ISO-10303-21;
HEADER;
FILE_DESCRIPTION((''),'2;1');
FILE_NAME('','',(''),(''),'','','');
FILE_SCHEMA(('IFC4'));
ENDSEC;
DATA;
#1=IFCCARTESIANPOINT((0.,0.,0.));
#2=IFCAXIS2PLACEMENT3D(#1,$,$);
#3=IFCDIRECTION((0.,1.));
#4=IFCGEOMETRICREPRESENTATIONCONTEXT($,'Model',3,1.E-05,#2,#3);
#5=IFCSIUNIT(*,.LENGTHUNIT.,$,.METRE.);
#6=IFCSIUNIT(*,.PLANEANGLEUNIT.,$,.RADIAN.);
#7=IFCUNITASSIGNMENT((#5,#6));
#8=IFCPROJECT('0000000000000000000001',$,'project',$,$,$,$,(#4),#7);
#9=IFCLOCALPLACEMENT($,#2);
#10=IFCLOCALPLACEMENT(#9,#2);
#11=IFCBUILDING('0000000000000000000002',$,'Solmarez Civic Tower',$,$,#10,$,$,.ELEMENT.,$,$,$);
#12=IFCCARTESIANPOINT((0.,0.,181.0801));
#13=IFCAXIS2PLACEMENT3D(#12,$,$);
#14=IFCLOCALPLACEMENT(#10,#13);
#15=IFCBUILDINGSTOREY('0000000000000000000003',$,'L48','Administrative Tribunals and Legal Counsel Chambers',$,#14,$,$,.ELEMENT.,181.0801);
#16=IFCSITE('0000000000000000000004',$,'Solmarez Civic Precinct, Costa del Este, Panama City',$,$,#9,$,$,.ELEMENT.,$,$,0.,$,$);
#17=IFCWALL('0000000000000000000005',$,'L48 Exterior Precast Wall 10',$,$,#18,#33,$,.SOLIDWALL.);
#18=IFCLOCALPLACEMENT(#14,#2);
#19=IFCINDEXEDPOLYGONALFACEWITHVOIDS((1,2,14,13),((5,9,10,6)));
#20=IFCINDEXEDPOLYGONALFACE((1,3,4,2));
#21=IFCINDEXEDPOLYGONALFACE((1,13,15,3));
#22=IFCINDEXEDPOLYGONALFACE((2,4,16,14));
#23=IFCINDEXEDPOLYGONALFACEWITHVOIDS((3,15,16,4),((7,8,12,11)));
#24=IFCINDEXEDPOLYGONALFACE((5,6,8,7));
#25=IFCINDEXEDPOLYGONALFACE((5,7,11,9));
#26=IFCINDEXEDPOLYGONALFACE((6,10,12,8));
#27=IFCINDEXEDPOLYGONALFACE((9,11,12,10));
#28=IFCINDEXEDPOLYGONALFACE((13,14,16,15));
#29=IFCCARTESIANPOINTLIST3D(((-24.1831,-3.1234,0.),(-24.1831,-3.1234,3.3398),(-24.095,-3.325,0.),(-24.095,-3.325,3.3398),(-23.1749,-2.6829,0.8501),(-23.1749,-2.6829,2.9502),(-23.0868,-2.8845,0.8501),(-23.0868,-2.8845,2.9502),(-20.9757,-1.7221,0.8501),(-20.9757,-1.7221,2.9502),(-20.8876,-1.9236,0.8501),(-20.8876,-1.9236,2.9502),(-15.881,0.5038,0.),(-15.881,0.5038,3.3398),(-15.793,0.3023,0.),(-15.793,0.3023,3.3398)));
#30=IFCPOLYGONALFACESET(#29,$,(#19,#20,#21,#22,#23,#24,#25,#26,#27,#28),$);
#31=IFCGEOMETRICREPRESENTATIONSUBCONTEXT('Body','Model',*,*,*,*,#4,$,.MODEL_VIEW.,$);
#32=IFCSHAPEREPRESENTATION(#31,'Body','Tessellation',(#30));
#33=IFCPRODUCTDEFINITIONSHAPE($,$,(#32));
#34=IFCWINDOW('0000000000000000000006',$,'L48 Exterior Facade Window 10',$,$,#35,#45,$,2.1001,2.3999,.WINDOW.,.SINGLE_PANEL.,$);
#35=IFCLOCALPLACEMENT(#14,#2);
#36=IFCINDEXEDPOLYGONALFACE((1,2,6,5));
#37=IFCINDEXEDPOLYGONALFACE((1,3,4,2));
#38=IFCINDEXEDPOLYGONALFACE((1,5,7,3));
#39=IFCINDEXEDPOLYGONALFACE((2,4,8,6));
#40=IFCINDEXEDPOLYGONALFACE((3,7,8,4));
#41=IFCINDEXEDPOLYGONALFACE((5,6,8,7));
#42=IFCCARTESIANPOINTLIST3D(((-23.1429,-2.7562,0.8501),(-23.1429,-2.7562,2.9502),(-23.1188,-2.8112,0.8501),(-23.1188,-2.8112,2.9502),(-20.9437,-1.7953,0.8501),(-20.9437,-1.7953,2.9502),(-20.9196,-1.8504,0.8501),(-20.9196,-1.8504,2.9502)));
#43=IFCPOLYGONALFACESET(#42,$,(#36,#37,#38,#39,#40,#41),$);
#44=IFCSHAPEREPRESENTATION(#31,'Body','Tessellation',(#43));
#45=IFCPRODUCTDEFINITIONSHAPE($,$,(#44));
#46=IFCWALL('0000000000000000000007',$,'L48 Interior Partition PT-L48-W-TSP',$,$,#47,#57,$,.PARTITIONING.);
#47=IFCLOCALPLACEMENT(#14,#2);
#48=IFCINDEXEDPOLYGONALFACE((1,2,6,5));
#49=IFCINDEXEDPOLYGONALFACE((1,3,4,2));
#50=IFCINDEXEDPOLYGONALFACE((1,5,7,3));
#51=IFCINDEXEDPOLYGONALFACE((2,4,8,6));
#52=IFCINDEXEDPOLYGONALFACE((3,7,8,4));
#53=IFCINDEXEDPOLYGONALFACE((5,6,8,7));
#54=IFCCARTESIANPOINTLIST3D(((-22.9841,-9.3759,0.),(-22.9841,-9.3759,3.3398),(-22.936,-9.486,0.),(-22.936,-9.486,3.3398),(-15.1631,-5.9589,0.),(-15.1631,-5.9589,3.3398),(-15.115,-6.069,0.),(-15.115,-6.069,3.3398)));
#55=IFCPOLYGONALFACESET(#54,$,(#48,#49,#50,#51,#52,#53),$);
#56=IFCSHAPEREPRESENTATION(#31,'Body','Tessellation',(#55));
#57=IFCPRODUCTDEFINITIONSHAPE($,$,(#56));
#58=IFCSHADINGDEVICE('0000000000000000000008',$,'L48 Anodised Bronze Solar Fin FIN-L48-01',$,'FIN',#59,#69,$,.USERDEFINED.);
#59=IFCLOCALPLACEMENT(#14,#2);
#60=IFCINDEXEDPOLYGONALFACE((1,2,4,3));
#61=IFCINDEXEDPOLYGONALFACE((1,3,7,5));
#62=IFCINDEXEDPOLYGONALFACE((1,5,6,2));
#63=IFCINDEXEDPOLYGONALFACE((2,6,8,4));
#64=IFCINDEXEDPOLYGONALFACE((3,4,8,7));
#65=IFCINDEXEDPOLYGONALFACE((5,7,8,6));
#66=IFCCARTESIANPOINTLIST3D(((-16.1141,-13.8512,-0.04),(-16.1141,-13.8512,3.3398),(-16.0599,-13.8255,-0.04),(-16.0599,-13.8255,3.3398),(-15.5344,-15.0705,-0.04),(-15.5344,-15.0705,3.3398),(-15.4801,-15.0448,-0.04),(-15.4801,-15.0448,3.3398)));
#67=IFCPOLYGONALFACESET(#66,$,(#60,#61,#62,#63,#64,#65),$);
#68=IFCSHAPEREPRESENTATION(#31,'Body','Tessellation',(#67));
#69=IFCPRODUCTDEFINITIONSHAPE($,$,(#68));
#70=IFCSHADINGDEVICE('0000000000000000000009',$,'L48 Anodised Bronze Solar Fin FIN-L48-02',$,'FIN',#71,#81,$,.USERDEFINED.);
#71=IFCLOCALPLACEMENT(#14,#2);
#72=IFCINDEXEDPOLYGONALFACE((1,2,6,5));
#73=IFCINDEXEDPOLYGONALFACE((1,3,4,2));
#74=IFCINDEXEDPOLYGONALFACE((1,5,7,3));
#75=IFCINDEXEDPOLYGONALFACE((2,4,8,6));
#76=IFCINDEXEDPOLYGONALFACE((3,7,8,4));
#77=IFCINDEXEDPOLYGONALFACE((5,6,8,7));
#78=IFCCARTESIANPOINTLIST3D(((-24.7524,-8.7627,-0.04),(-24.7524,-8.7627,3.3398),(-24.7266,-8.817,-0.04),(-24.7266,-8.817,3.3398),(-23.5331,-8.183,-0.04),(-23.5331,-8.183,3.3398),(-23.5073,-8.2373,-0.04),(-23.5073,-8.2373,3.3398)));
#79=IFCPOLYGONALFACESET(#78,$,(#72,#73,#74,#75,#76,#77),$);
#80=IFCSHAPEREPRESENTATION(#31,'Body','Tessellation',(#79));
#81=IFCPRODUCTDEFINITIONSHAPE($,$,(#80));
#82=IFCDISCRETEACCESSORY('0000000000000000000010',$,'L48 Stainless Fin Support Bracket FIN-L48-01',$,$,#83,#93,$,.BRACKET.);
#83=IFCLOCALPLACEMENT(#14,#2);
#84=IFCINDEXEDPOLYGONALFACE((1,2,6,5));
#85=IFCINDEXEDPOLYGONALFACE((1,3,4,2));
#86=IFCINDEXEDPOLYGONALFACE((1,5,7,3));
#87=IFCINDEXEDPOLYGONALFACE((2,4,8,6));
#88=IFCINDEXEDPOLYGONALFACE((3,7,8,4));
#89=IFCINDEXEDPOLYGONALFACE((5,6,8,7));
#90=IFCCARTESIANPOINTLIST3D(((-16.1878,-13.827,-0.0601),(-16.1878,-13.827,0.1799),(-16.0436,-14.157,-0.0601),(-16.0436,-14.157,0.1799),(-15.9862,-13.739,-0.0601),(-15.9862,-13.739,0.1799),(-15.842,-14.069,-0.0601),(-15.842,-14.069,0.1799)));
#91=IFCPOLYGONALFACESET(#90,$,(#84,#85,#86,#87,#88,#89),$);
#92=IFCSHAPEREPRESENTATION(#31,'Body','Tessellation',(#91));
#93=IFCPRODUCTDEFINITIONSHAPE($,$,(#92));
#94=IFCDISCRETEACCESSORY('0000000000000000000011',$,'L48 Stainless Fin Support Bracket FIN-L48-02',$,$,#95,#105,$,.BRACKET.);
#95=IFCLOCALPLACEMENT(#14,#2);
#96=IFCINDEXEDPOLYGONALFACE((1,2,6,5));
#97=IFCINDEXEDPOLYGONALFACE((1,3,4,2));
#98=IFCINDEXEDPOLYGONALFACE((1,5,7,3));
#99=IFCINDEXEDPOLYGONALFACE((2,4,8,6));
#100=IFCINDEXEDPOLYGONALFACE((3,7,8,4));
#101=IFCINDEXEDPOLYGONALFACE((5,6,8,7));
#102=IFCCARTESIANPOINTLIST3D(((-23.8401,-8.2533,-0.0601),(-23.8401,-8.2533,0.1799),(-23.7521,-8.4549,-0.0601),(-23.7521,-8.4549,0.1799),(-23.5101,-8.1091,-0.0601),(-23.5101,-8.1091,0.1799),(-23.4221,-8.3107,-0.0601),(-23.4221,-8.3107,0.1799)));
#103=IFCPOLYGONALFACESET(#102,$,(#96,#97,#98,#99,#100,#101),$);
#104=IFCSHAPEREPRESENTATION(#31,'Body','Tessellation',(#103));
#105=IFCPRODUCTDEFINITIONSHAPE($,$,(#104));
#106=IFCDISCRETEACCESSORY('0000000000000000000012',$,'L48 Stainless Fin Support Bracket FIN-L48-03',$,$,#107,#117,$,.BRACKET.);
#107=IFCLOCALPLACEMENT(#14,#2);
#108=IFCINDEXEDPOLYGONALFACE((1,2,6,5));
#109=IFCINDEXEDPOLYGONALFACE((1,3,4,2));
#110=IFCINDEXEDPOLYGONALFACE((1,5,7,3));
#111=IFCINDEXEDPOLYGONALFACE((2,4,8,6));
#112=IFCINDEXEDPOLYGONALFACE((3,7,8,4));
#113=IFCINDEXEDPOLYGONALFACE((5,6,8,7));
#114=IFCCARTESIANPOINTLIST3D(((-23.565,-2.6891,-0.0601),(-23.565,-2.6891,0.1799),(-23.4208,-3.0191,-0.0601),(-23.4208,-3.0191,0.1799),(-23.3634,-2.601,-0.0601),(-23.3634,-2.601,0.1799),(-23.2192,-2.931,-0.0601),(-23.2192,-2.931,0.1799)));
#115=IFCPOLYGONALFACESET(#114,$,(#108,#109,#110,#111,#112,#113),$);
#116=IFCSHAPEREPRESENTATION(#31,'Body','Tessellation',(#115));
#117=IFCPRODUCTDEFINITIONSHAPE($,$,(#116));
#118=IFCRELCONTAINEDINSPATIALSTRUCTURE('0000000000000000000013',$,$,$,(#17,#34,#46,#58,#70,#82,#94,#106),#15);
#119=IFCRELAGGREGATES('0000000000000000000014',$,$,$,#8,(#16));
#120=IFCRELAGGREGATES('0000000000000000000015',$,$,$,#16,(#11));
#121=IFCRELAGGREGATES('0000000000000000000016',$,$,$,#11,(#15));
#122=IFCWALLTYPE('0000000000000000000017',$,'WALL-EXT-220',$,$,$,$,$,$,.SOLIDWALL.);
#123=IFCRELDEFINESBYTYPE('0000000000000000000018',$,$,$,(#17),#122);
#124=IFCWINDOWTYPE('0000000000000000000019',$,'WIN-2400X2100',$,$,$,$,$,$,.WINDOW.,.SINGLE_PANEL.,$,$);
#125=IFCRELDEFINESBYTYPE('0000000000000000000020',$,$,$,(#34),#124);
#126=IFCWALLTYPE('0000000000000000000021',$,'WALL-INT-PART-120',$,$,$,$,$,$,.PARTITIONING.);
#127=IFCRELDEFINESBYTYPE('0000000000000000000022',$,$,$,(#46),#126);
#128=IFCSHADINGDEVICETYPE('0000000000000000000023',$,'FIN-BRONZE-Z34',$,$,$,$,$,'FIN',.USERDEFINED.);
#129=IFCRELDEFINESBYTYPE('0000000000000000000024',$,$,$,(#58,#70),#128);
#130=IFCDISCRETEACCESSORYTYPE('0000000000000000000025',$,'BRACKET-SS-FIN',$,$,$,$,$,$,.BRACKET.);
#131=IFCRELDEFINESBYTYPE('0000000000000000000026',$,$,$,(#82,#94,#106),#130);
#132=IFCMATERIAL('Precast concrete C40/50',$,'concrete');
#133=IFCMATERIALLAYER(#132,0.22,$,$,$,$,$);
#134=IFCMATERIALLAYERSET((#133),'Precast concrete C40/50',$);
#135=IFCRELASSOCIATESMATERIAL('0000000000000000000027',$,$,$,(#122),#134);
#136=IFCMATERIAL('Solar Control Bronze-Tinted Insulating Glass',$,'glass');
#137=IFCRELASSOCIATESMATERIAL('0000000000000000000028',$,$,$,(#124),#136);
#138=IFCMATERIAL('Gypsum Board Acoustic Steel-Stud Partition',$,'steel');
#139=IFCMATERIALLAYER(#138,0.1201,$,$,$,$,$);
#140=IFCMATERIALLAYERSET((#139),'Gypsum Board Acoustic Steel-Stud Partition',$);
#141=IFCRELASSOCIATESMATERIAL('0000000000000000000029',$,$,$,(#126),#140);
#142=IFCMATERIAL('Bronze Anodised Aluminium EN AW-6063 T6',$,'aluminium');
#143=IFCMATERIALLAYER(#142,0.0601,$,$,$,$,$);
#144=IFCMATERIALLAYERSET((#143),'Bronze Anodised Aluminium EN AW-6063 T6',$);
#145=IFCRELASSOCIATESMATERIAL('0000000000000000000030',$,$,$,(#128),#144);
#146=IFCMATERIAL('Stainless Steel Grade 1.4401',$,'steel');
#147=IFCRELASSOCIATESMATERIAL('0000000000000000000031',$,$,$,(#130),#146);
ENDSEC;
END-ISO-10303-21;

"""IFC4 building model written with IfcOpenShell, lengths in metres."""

from ifc_helpers import new_model, si_unit, direction, frame, frame_2d, origin, origin_2d, place, context, subcontext, project, spatial, rectangle, extrude, material, layer, layer_set, type_object, element, fill, save


model = new_model("IFC4")

# Units and contexts
model_context = context("Model", 3, precision=1e-05, world=origin(), true_north=direction((0.0, 1.0)))
body_context = subcontext(model_context, "Body", "Model", "MODEL_VIEW")
ifc_project = project(units=[si_unit("LENGTHUNIT", "METRE"), si_unit("PLANEANGLEUNIT", "RADIAN")], contexts=[model_context])

# Site, building, storey
site_placement = place(None, origin())
site = spatial("IfcSite", under=ifc_project, at=site_placement, Name="Solmarez Civic Precinct, Costa del Este, Panama City", CompositionType="ELEMENT", RefElevation=0.0)
building_placement = place(site_placement, origin())
building = spatial("IfcBuilding", under=site, at=building_placement, Name="Solmarez Civic Tower", CompositionType="ELEMENT")
storey_placement = place(building_placement, frame((0.0, 0.0, 181.0801)))
storey = spatial("IfcBuildingStorey", under=building, at=storey_placement, Name="L48", Description="Administrative Tribunals and Legal Counsel Chambers", CompositionType="ELEMENT", Elevation=181.0801)

# Shared definitions
ifc_material_1 = material(Name="Precast concrete C40/50", Category="concrete")
ifc_layer_1 = layer(ifc_material_1, 0.22)
ifc_layer_set_1 = layer_set([ifc_layer_1], Name="Precast concrete C40/50")
wall_type_1 = type_object("IfcWallType", Name="WALL-EXT-220", PredefinedType="SOLIDWALL", material=ifc_layer_set_1)

# Shared definitions
ifc_material_2 = material(Name="Solar Control Bronze-Tinted Insulating Glass", Category="glass")

# Wall, opening, window
wall_1_placement = place(storey_placement, frame((-24.1389, -3.2241, 0.0), z_axis=(0.0, 0.0, 1.0), x_axis=(0.916357, 0.400362, 0.0)))
wall_1 = element("IfcWall", 1, at=wall_1_placement, inside=storey, type_object=wall_type_1, Name="L48 Exterior Precast Wall 10", PredefinedType="SOLIDWALL", context=body_context, shape_type="SweptSolid", body=[
    extrude(rectangle(XDim=9.0598, YDim=0.22, at=frame_2d((4.5298, 0.0))), origin(), (0.0, 0.0, 1.0), 3.3398),
])
opening_1_placement = place(wall_1_placement, frame((1.1001, 0.0, 0.8501)))
opening_1 = element("IfcOpeningElement", 2, at=opening_1_placement, cuts=wall_1, PredefinedType="OPENING", context=body_context, shape_type="SweptSolid", body=[
    extrude(rectangle(XDim=2.3999, YDim=2.1001, at=frame_2d((1.2, 1.05))), frame((0.0, 0.1199, 0.0), z_axis=(0.0, -1.0, 0.0), x_axis=(1.0, 0.0, 0.0)), (0.0, 0.0, 1.0), 0.24),
])
window_type_1 = type_object("IfcWindowType", Name="WIN-2400X2100", PartitioningType="SINGLE_PANEL", PredefinedType="WINDOW", material=ifc_material_2)
window_1_placement = place(opening_1_placement, origin())
window_1 = element("IfcWindow", 3, at=window_1_placement, inside=storey, type_object=window_type_1, Name="L48 Exterior Facade Window 10", OverallHeight=2.1001, OverallWidth=2.3999, PartitioningType="SINGLE_PANEL", PredefinedType="WINDOW", context=body_context, shape_type="SweptSolid", body=[
    extrude(rectangle(XDim=2.3999, YDim=2.1001, at=frame_2d((1.2, 1.05))), frame((0.0, 0.03, 0.0), z_axis=(0.0, -1.0, 0.0), x_axis=(1.0, 0.0, 0.0)), (0.0, 0.0, 1.0), 0.0601),
])
fill(opening_1, window_1)

# Wall
ifc_material_3 = material(Name="Gypsum Board Acoustic Steel-Stud Partition", Category="steel")
ifc_layer_2 = layer(ifc_material_3, 0.1201)
ifc_layer_set_2 = layer_set([ifc_layer_2], Name="Gypsum Board Acoustic Steel-Stud Partition")
wall_type_2 = type_object("IfcWallType", Name="WALL-INT-PART-120", PredefinedType="PARTITIONING", material=ifc_layer_set_2)
wall_2_placement = place(storey_placement, frame((-15.1389, -6.0139, 0.0), z_axis=(0.0, 0.0, 1.0), x_axis=(-0.91636, -0.400355, 0.0)))
element("IfcWall", 4, at=wall_2_placement, inside=storey, type_object=wall_type_2, Name="L48 Interior Partition PT-L48-W-TSP", PredefinedType="PARTITIONING", context=body_context, shape_type="SweptSolid", body=[
    extrude(rectangle(XDim=8.5349, YDim=0.1201, at=frame_2d((4.2676, 0.0))), origin(), (0.0, 0.0, 1.0), 3.3398),
])

# Shading devices
ifc_material_4 = material(Name="Bronze Anodised Aluminium EN AW-6063 T6", Category="aluminium")
ifc_layer_3 = layer(ifc_material_4, 0.0601)
ifc_layer_set_3 = layer_set([ifc_layer_3], Name="Bronze Anodised Aluminium EN AW-6063 T6")
shading_device_type = type_object("IfcShadingDeviceType", Name="FIN-BRONZE-Z34", ElementType="FIN", PredefinedType="USERDEFINED", material=ifc_layer_set_3)
for number, where, z_axis, x_axis, name in (
    (5, (-15.7971, -14.448, -0.04), (0.0, 0.0, 1.0), (0.429392, -0.903118, 0.0), "L48 Anodised Bronze Solar Fin FIN-L48-01"),
    (6, (-24.1299, -8.5, -0.04), (0.0, 0.0, 1.0), (-0.903126, -0.429377, 0.0), "L48 Anodised Bronze Solar Fin FIN-L48-02"),
):
    element("IfcShadingDevice", number, at=place(storey_placement, frame(where, z_axis=z_axis, x_axis=x_axis)), inside=storey, type_object=shading_device_type, Name=name, ObjectType="FIN", PredefinedType="USERDEFINED", context=body_context, shape_type="SweptSolid", body=[
        extrude(rectangle(XDim=1.3501, YDim=0.0601, at=origin_2d()), origin(), (0.0, 0.0, 1.0), 3.3799),
    ])

# Discrete accessories
ifc_material_5 = material(Name="Stainless Steel Grade 1.4401", Category="steel")
discrete_accessory_type = type_object("IfcDiscreteAccessoryType", Name="BRACKET-SS-FIN", PredefinedType="BRACKET", material=ifc_material_5)
for number, where, z_axis, x_axis, name in (
    (7, (-16.0149, -13.948, -0.0601), (0.0, 0.0, 1.0), (0.400373, -0.916352, 0.0), "L48 Stainless Fin Support Bracket FIN-L48-01"),
    (8, (-23.6311, -8.282, -0.0601), (0.0, 0.0, 1.0), (-0.916352, -0.400372, 0.0), "L48 Stainless Fin Support Bracket FIN-L48-02"),
    (9, (-23.3921, -2.8101, -0.0601), (0.0, 0.0, 1.0), (-0.400385, 0.916347, 0.0), "L48 Stainless Fin Support Bracket FIN-L48-03"),
):
    element("IfcDiscreteAccessory", number, at=place(storey_placement, frame(where, z_axis=z_axis, x_axis=x_axis)), inside=storey, type_object=discrete_accessory_type, Name=name, PredefinedType="BRACKET", context=body_context, shape_type="SweptSolid", body=[
        extrude(rectangle(XDim=0.3601, YDim=0.22, at=origin_2d()), origin(), (0.0, 0.0, 1.0), 0.24),
    ])

save(model, "model.ifc")
